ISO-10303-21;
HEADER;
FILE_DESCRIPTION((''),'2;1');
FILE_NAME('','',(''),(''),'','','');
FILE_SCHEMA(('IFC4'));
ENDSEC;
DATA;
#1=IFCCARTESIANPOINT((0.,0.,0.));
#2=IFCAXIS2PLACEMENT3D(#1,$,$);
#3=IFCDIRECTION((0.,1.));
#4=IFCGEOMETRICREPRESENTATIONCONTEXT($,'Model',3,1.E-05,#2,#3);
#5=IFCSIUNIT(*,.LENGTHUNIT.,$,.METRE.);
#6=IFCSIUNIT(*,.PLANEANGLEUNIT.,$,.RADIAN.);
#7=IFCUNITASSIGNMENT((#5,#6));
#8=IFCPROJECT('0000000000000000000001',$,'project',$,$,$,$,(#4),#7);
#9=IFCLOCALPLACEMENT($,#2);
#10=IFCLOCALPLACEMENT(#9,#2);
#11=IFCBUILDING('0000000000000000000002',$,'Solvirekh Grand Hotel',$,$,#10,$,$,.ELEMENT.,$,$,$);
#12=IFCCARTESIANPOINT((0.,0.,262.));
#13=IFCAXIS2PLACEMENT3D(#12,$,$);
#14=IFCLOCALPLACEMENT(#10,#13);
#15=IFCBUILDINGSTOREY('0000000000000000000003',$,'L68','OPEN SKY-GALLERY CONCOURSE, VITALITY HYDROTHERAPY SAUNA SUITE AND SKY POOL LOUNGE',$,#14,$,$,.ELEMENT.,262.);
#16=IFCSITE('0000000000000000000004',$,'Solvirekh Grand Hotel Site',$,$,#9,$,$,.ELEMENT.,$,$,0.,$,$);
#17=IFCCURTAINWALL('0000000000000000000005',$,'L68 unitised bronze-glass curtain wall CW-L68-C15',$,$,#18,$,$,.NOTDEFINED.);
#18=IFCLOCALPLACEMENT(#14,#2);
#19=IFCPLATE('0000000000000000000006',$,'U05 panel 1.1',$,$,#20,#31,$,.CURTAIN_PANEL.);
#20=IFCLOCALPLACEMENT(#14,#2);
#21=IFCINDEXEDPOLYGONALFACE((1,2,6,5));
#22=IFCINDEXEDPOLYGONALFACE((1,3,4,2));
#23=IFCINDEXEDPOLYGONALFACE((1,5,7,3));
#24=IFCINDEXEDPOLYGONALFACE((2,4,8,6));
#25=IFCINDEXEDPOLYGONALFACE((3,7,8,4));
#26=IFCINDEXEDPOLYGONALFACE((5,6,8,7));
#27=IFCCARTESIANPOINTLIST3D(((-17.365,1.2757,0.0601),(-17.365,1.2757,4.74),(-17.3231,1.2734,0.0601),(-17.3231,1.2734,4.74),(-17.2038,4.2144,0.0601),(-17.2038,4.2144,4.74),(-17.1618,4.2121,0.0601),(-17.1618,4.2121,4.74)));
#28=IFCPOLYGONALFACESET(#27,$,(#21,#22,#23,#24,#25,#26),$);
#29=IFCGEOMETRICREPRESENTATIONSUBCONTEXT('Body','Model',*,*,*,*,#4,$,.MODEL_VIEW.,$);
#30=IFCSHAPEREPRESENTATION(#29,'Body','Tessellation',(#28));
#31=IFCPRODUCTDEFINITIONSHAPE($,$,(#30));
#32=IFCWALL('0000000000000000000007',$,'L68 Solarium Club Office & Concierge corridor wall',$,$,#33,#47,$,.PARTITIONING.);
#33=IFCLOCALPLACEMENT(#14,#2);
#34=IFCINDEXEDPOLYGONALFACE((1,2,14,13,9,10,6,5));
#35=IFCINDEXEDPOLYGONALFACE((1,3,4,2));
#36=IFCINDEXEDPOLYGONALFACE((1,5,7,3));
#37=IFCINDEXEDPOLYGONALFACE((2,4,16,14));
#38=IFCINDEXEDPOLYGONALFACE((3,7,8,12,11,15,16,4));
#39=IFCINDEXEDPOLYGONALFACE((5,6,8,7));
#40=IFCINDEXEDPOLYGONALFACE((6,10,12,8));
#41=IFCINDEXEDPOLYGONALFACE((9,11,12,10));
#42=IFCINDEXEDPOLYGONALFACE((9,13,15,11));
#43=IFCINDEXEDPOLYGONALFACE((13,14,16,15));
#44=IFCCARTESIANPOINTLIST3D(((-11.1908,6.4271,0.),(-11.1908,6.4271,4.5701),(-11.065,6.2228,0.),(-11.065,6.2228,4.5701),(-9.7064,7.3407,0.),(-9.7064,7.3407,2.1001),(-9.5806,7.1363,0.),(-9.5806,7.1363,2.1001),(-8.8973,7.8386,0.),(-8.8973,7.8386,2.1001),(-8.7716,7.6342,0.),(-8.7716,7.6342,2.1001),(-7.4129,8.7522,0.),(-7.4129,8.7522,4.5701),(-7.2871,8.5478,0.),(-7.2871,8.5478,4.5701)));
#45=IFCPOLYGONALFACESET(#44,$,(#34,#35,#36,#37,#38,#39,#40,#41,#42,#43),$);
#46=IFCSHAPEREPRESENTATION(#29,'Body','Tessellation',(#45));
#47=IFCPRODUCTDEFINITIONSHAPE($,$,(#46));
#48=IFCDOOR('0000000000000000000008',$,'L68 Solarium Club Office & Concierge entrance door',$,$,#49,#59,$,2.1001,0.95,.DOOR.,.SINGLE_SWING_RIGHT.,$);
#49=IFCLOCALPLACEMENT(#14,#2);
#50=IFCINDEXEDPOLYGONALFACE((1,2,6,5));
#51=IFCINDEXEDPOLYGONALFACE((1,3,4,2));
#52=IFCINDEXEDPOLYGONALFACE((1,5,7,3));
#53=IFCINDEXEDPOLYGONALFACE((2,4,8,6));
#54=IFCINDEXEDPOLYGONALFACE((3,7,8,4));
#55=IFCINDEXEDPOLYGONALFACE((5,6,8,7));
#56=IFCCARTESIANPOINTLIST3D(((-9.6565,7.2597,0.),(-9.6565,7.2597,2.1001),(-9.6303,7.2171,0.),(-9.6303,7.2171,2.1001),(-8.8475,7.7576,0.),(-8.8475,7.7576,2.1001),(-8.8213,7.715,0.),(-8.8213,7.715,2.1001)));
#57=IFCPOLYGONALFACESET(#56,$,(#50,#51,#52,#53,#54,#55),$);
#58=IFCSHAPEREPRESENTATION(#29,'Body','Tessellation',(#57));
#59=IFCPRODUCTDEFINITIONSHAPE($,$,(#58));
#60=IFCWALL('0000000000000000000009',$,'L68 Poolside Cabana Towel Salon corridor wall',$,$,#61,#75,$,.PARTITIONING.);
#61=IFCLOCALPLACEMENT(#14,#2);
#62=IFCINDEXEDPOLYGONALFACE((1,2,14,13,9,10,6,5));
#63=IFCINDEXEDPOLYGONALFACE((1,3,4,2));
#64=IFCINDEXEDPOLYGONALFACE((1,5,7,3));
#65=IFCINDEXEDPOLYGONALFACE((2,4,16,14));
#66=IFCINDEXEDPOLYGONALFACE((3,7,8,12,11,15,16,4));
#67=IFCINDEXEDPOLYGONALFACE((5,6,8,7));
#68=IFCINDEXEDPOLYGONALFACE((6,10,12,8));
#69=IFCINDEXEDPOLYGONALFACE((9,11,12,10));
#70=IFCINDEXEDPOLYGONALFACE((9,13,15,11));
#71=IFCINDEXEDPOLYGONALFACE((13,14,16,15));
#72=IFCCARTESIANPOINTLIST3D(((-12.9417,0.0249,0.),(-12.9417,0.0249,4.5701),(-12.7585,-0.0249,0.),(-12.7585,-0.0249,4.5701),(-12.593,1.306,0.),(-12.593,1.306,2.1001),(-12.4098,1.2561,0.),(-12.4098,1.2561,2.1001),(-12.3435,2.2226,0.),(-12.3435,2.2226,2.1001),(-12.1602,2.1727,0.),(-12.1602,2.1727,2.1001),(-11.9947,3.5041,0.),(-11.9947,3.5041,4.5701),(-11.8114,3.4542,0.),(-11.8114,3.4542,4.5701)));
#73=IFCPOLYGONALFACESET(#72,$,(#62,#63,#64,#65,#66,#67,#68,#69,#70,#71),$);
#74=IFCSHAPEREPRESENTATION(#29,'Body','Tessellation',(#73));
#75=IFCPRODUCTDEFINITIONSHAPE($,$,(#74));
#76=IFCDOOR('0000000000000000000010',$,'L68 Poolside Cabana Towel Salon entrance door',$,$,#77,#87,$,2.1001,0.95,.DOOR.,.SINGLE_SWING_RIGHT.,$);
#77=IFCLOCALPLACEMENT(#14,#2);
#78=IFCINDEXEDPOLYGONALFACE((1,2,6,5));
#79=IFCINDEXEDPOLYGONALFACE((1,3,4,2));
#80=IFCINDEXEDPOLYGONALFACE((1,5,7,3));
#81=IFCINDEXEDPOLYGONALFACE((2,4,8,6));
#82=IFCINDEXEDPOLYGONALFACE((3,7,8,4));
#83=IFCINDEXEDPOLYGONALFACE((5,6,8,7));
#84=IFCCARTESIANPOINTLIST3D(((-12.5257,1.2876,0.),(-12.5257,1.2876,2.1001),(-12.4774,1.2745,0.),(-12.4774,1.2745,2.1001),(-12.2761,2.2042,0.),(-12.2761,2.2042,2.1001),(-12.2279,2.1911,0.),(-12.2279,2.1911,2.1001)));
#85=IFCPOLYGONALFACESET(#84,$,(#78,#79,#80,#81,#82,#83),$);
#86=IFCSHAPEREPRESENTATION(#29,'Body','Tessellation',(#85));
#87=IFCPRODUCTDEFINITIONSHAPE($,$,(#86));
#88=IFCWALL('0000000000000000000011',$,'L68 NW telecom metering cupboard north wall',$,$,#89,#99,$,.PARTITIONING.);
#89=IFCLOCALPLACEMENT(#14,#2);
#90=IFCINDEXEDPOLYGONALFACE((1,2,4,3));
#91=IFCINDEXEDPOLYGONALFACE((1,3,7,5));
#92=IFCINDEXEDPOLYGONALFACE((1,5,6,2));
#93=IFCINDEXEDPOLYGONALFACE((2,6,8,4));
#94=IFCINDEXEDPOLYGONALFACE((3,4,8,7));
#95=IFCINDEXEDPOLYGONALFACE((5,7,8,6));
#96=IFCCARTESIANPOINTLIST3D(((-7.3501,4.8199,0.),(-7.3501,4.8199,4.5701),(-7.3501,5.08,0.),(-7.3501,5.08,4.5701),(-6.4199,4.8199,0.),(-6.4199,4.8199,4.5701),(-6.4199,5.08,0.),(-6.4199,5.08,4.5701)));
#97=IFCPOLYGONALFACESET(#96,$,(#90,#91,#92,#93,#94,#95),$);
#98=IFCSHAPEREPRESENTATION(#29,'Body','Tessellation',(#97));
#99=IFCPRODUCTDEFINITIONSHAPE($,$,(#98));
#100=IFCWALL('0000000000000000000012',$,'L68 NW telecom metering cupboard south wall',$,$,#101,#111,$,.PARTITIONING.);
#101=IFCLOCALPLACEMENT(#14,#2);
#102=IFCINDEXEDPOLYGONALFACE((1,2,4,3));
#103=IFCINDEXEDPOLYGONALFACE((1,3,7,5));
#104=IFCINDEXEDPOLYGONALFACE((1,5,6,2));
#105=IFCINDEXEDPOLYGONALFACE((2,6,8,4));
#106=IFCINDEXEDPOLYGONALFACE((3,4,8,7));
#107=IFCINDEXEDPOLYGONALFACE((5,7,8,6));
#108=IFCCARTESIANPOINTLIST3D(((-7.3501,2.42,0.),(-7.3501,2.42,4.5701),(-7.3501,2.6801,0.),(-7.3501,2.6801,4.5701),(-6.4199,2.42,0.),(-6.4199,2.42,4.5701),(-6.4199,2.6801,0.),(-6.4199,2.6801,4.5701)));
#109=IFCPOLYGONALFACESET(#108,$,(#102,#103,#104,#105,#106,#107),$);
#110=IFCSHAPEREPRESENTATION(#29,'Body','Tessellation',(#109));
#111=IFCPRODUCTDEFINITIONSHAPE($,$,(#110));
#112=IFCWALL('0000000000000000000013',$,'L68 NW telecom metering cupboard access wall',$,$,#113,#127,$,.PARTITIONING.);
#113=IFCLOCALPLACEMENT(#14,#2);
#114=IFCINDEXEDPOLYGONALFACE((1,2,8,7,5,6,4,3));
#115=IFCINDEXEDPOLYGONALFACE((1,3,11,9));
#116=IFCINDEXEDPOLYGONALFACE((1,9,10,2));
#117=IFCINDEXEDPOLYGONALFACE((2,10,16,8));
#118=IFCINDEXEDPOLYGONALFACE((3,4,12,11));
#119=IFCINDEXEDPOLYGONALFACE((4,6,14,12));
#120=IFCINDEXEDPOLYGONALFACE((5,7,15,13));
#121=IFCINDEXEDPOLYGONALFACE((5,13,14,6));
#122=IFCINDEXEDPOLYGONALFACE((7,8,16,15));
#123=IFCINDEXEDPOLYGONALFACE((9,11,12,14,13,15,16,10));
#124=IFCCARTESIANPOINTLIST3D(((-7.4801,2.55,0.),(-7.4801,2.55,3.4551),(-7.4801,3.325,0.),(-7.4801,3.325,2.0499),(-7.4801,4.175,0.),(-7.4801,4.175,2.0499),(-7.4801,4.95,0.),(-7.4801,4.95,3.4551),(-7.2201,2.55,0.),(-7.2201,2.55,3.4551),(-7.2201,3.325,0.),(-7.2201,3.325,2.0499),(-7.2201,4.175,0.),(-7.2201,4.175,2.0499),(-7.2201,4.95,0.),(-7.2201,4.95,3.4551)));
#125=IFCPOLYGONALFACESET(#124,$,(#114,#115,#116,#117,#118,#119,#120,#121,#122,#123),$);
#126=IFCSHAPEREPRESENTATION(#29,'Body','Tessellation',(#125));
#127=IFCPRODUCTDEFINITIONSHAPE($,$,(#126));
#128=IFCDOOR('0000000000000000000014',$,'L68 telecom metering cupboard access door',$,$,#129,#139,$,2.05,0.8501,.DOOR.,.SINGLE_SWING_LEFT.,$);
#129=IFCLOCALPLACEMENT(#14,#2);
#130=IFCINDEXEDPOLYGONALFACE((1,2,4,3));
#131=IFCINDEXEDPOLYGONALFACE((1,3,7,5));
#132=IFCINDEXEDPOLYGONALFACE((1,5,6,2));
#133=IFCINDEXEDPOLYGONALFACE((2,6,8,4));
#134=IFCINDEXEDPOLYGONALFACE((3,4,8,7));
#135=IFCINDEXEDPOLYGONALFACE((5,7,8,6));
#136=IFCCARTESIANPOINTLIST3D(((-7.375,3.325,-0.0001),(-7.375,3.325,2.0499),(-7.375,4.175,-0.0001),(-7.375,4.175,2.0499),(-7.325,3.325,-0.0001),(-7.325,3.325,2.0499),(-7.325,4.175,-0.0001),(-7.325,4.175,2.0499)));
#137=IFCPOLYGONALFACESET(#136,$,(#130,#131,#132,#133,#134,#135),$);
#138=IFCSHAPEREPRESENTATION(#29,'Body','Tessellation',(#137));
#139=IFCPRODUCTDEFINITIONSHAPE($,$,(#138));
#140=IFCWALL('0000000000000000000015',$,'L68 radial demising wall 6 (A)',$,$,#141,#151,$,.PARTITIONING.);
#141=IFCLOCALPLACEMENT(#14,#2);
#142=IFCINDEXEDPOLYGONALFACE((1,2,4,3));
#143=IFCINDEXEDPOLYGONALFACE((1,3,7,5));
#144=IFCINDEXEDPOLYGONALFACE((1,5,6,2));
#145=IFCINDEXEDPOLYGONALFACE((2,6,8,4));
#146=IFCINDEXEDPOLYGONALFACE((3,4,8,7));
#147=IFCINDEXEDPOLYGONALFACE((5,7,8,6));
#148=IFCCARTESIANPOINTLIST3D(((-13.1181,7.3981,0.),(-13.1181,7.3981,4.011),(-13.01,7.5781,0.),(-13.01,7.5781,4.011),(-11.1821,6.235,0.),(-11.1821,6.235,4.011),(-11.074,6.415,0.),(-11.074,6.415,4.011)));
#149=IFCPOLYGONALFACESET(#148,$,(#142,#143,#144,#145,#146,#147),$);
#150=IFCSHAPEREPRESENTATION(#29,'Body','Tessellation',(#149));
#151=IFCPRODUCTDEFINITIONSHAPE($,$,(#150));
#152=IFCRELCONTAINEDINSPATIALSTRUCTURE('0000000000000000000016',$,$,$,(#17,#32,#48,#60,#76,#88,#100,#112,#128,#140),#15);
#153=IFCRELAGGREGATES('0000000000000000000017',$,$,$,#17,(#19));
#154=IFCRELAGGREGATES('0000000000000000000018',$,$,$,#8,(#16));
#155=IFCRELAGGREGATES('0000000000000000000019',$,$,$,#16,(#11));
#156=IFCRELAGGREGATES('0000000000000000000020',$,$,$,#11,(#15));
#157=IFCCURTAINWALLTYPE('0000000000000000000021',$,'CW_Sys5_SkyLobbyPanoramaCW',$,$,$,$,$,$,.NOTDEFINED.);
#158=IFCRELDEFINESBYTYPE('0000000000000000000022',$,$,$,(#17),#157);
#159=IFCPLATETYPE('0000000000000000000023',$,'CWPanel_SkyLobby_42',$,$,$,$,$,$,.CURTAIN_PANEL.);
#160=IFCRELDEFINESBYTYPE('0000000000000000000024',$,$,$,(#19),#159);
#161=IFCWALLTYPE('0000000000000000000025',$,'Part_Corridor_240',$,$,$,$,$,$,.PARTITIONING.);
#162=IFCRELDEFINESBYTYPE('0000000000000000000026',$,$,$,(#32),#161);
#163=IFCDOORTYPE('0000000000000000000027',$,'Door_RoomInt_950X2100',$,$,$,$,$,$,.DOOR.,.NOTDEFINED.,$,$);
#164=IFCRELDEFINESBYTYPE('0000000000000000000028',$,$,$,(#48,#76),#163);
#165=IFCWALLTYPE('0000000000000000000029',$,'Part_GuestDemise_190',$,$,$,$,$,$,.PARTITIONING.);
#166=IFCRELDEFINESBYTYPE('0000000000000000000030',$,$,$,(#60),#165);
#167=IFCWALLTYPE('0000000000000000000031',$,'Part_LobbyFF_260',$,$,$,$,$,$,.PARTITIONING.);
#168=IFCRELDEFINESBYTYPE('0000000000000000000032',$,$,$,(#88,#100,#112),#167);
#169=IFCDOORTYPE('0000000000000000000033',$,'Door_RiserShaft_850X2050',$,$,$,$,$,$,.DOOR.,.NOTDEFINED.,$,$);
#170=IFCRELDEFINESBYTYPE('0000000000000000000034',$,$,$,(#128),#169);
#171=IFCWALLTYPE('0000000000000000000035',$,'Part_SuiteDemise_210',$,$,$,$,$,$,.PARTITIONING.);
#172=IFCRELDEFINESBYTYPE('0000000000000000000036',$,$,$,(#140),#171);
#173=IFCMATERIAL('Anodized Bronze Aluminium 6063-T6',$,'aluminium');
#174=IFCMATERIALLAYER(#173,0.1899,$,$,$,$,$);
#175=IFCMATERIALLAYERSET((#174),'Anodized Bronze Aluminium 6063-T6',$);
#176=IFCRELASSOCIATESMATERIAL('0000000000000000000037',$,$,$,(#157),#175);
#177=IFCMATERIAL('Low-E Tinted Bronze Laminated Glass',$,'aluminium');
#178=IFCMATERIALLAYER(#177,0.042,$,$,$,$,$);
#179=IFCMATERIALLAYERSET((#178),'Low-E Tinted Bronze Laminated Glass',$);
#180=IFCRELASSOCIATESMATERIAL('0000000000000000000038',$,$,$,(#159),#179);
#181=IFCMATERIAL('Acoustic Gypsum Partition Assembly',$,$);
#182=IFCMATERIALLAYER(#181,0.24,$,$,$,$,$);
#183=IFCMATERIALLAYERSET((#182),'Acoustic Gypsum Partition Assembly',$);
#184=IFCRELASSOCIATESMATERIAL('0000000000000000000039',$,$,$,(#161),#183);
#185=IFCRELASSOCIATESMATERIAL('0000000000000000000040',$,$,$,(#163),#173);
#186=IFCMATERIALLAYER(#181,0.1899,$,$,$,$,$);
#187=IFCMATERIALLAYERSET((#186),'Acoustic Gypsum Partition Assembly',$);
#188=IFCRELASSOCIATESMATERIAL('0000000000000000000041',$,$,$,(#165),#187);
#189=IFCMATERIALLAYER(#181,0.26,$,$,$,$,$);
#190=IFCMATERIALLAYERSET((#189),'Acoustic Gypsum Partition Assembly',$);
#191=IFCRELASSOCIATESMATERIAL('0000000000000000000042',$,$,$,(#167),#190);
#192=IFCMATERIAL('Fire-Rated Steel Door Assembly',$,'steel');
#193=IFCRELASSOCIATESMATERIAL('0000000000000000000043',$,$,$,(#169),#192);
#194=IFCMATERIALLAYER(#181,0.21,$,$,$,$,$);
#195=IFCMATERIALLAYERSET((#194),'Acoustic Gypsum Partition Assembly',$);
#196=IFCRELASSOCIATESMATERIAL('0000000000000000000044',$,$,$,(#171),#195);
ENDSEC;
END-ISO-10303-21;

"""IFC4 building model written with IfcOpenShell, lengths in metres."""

from ifc_helpers import new_model, si_unit, direction, frame, frame_2d, origin, origin_2d, place, context, subcontext, project, spatial, rectangle, extrude, source, transform, mapped, material, layer, layer_set, type_object, element, fill, aggregate, save


model = new_model("IFC4")

# Units and contexts
model_context = context("Model", 3, precision=1e-05, world=origin(), true_north=direction((0.0, 1.0)))
body_context = subcontext(model_context, "Body", "Model", "MODEL_VIEW")
ifc_project = project(units=[si_unit("LENGTHUNIT", "METRE"), si_unit("PLANEANGLEUNIT", "RADIAN")], contexts=[model_context])

# Site, building, storey
site_placement = place(None, origin())
site = spatial("IfcSite", under=ifc_project, at=site_placement, Name="Solvirekh Grand Hotel Site", CompositionType="ELEMENT", RefElevation=0.0)
building_placement = place(site_placement, origin())
building = spatial("IfcBuilding", under=site, at=building_placement, Name="Solvirekh Grand Hotel", CompositionType="ELEMENT")
storey_placement = place(building_placement, frame((0.0, 0.0, 262.0)))
storey = spatial("IfcBuildingStorey", under=building, at=storey_placement, Name="L68", Description="OPEN SKY-GALLERY CONCOURSE, VITALITY HYDROTHERAPY SAUNA SUITE AND SKY POOL LOUNGE", CompositionType="ELEMENT", Elevation=262.0)

# Shared definitions
ifc_material_1 = material(Name="Anodized Bronze Aluminium 6063-T6", Category="aluminium")
ifc_layer_1 = layer(ifc_material_1, 0.1899)
ifc_layer_set_1 = layer_set([ifc_layer_1], Name="Anodized Bronze Aluminium 6063-T6")
curtain_wall_type = type_object("IfcCurtainWallType", Name="CW_Sys5_SkyLobbyPanoramaCW", PredefinedType="NOTDEFINED", material=ifc_layer_set_1)

# Curtain wall
curtain_wall_1_placement = place(storey_placement, origin())
curtain_wall_1 = element("IfcCurtainWall", 1, at=curtain_wall_1_placement, inside=storey, type_object=curtain_wall_type, Name="L68 unitised bronze-glass curtain wall CW-L68-C15", PredefinedType="NOTDEFINED")

# Plate
ifc_material_2 = material(Name="Low-E Tinted Bronze Laminated Glass", Category="aluminium")
ifc_layer_2 = layer(ifc_material_2, 0.042)
ifc_layer_set_2 = layer_set([ifc_layer_2], Name="Low-E Tinted Bronze Laminated Glass")
plate_type = type_object("IfcPlateType", Name="CWPanel_SkyLobby_42", PredefinedType="CURTAIN_PANEL", material=ifc_layer_set_2)
shared_shape_1 = source(origin(), body_context, "Body", "SweptSolid", [
    extrude(rectangle(XDim=2.9431, YDim=0.042, at=origin_2d()), origin(), (0.0, 0.0, 1.0), 4.6799),
])
plate_1_placement = place(storey_placement, frame((-17.2634, 2.7439, 0.0601), z_axis=(0.0, 0.0, 1.0), x_axis=(-0.054789, -0.998498, 0.0)))
plate_1 = element("IfcPlate", 2, at=plate_1_placement, type_object=plate_type, Name="U05 panel 1.1", PredefinedType="CURTAIN_PANEL", context=body_context, shape_type="MappedRepresentation", body=[
    mapped(shared_shape_1, transform((0.0, 0.0, 0.0), x_axis=(1.0, 0.0, 0.0), y_axis=(0.0, 1.0, 0.0), z_axis=(0.0, 0.0, 1.0), scale=1.0)),
])
aggregate(curtain_wall_1, [plate_1])

# Walls, openings, doors
ifc_material_3 = material(Name="Acoustic Gypsum Partition Assembly")
ifc_layer_3 = layer(ifc_material_3, 0.24)
ifc_layer_set_3 = layer_set([ifc_layer_3], Name="Acoustic Gypsum Partition Assembly")
wall_type_1 = type_object("IfcWallType", Name="Part_Corridor_240", PredefinedType="PARTITIONING", material=ifc_layer_set_3)
wall_1_placement = place(storey_placement, frame((-11.1279, 6.325, 0.0), z_axis=(0.0, 0.0, 1.0), x_axis=(0.851645, 0.524119, 0.0)))
wall_1 = element("IfcWall", 3, at=wall_1_placement, inside=storey, type_object=wall_type_1, Name="L68 Solarium Club Office & Concierge corridor wall", PredefinedType="PARTITIONING", context=body_context, shape_type="SweptSolid", body=[
    extrude(rectangle(XDim=4.436, YDim=0.24, at=frame_2d((2.218, 0.0))), origin(), (0.0, 0.0, 1.0), 4.5701),
])
opening_1_placement = place(wall_1_placement, frame((1.7429, 0.0, 0.0)))
opening_1 = element("IfcOpeningElement", 4, at=opening_1_placement, cuts=wall_1, PredefinedType="OPENING", context=body_context, shape_type="SweptSolid", body=[
    extrude(rectangle(XDim=0.95, YDim=2.1001, at=frame_2d((0.4751, 1.05))), frame((0.0, 0.1299, 0.0), z_axis=(0.0, -1.0, 0.0), x_axis=(1.0, 0.0, 0.0)), (0.0, 0.0, 1.0), 0.26),
])
door_type_1 = type_object("IfcDoorType", Name="Door_RoomInt_950X2100", OperationType="NOTDEFINED", PredefinedType="DOOR", material=ifc_material_1)
door_1_placement = place(opening_1_placement, origin())
door_1 = element("IfcDoor", 5, at=door_1_placement, inside=storey, type_object=door_type_1, Name="L68 Solarium Club Office & Concierge entrance door", OperationType="SINGLE_SWING_RIGHT", OverallHeight=2.1001, OverallWidth=0.95, PredefinedType="DOOR", context=body_context, shape_type="SweptSolid", body=[
    extrude(rectangle(XDim=0.95, YDim=2.1001, at=frame_2d((0.4751, 1.05))), frame((0.0, 0.0249, 0.0), z_axis=(0.0, -1.0, 0.0), x_axis=(1.0, 0.0, 0.0)), (0.0, 0.0, 1.0), 0.05),
])
fill(opening_1, door_1)
ifc_layer_4 = layer(ifc_material_3, 0.1899)
ifc_layer_set_4 = layer_set([ifc_layer_4], Name="Acoustic Gypsum Partition Assembly")
wall_type_2 = type_object("IfcWallType", Name="Part_GuestDemise_190", PredefinedType="PARTITIONING", material=ifc_layer_set_4)
wall_2_placement = place(storey_placement, frame((-11.9031, 3.479, 0.0), z_axis=(0.0, 0.0, 1.0), x_axis=(-0.262653, -0.96489, 0.0)))
wall_2 = element("IfcWall", 6, at=wall_2_placement, inside=storey, type_object=wall_type_2, Name="L68 Poolside Cabana Towel Salon corridor wall", PredefinedType="PARTITIONING", context=body_context, shape_type="SweptSolid", body=[
    extrude(rectangle(XDim=3.6057, YDim=0.1899, at=frame_2d((1.8027, 0.0))), origin(), (0.0, 0.0, 1.0), 4.5701),
])
opening_2_placement = place(wall_2_placement, frame((1.3279, 0.0, 0.0)))
opening_2 = element("IfcOpeningElement", 7, at=opening_2_placement, cuts=wall_2, PredefinedType="OPENING", context=body_context, shape_type="SweptSolid", body=[
    extrude(rectangle(XDim=0.95, YDim=2.1001, at=frame_2d((0.4751, 1.05))), frame((0.0, 0.105, 0.0), z_axis=(0.0, -1.0, 0.0), x_axis=(1.0, 0.0, 0.0)), (0.0, 0.0, 1.0), 0.21),
])
door_2_placement = place(opening_2_placement, origin())
door_2 = element("IfcDoor", 8, at=door_2_placement, inside=storey, type_object=door_type_1, Name="L68 Poolside Cabana Towel Salon entrance door", OperationType="SINGLE_SWING_RIGHT", OverallHeight=2.1001, OverallWidth=0.95, PredefinedType="DOOR", context=body_context, shape_type="SweptSolid", body=[
    extrude(rectangle(XDim=0.95, YDim=2.1001, at=frame_2d((0.4751, 1.05))), frame((0.0, 0.0249, 0.0), z_axis=(0.0, -1.0, 0.0), x_axis=(1.0, 0.0, 0.0)), (0.0, 0.0, 1.0), 0.05),
])
fill(opening_2, door_2)

# Walls
ifc_layer_5 = layer(ifc_material_3, 0.26)
ifc_layer_set_5 = layer_set([ifc_layer_5], Name="Acoustic Gypsum Partition Assembly")
wall_type_3 = type_object("IfcWallType", Name="Part_LobbyFF_260", PredefinedType="PARTITIONING", material=ifc_layer_set_5)
for number, where, z_axis, x_axis, name in (
    (9, (-7.3501, 4.95, 0.0), (0.0, 0.0, 1.0), (1.0, 0.0, 0.0), "L68 NW telecom metering cupboard north wall"),
    (10, (-7.3501, 2.55, 0.0), (0.0, 0.0, 1.0), (1.0, 0.0, 0.0), "L68 NW telecom metering cupboard south wall"),
):
    element("IfcWall", number, at=place(storey_placement, frame(where, z_axis=z_axis, x_axis=x_axis)), inside=storey, type_object=wall_type_3, Name=name, PredefinedType="PARTITIONING", context=body_context, shape_type="SweptSolid", body=[
        extrude(rectangle(XDim=0.9302, YDim=0.26, at=frame_2d((0.4651, 0.0))), origin(), (0.0, 0.0, 1.0), 4.5701),
    ])

# Wall, opening, door
wall_3_placement = place(storey_placement, frame((-7.3501, 2.55, 0.0), z_axis=(0.0, 0.0, 1.0), x_axis=(0.0, 1.0, 0.0)))
wall_3 = element("IfcWall", 11, at=wall_3_placement, inside=storey, type_object=wall_type_3, Name="L68 NW telecom metering cupboard access wall", PredefinedType="PARTITIONING", context=body_context, shape_type="SweptSolid", body=[
    extrude(rectangle(XDim=2.3999, YDim=0.26, at=frame_2d((1.2, 0.0))), origin(), (0.0, 0.0, 1.0), 3.4551),
])
opening_3_placement = place(wall_3_placement, frame((0.7749, 0.0, 0.0)))
opening_3 = element("IfcOpeningElement", 12, at=opening_3_placement, cuts=wall_3, PredefinedType="OPENING", context=body_context, shape_type="SweptSolid", body=[
    extrude(rectangle(XDim=0.8501, YDim=2.05, at=frame_2d((0.425, 1.0249))), frame((0.0, 0.1401, 0.0), z_axis=(0.0, -1.0, 0.0), x_axis=(1.0, 0.0, 0.0)), (0.0, 0.0, 1.0), 0.28),
])
ifc_material_4 = material(Name="Fire-Rated Steel Door Assembly", Category="steel")
door_type_2 = type_object("IfcDoorType", Name="Door_RiserShaft_850X2050", OperationType="NOTDEFINED", PredefinedType="DOOR", material=ifc_material_4)
door_3_placement = place(opening_3_placement, origin())
door_3 = element("IfcDoor", 13, at=door_3_placement, inside=storey, type_object=door_type_2, Name="L68 telecom metering cupboard access door", OperationType="SINGLE_SWING_LEFT", OverallHeight=2.05, OverallWidth=0.8501, PredefinedType="DOOR", context=body_context, shape_type="SweptSolid", body=[
    extrude(rectangle(XDim=0.8501, YDim=2.05, at=frame_2d((0.425, 1.0249))), frame((0.0, 0.0249, 0.0), z_axis=(0.0, -1.0, 0.0), x_axis=(1.0, 0.0, 0.0)), (0.0, 0.0, 1.0), 0.05),
])
fill(opening_3, door_3)

# Wall
ifc_layer_6 = layer(ifc_material_3, 0.21)
ifc_layer_set_6 = layer_set([ifc_layer_6], Name="Acoustic Gypsum Partition Assembly")
wall_type_4 = type_object("IfcWallType", Name="Part_SuiteDemise_210", PredefinedType="PARTITIONING", material=ifc_layer_set_6)
wall_4_placement = place(storey_placement, frame((-11.1279, 6.325, 0.0), z_axis=(0.0, 0.0, 1.0), x_axis=(-0.857207, 0.514973, 0.0)))
element("IfcWall", 14, at=wall_4_placement, inside=storey, type_object=wall_type_4, Name="L68 radial demising wall 6 (A)", PredefinedType="PARTITIONING", context=body_context, shape_type="SweptSolid", body=[
    extrude(rectangle(XDim=2.2585, YDim=0.21, at=frame_2d((1.1294, 0.0))), origin(), (0.0, 0.0, 1.0), 4.011),
])

save(model, "model.ifc")
